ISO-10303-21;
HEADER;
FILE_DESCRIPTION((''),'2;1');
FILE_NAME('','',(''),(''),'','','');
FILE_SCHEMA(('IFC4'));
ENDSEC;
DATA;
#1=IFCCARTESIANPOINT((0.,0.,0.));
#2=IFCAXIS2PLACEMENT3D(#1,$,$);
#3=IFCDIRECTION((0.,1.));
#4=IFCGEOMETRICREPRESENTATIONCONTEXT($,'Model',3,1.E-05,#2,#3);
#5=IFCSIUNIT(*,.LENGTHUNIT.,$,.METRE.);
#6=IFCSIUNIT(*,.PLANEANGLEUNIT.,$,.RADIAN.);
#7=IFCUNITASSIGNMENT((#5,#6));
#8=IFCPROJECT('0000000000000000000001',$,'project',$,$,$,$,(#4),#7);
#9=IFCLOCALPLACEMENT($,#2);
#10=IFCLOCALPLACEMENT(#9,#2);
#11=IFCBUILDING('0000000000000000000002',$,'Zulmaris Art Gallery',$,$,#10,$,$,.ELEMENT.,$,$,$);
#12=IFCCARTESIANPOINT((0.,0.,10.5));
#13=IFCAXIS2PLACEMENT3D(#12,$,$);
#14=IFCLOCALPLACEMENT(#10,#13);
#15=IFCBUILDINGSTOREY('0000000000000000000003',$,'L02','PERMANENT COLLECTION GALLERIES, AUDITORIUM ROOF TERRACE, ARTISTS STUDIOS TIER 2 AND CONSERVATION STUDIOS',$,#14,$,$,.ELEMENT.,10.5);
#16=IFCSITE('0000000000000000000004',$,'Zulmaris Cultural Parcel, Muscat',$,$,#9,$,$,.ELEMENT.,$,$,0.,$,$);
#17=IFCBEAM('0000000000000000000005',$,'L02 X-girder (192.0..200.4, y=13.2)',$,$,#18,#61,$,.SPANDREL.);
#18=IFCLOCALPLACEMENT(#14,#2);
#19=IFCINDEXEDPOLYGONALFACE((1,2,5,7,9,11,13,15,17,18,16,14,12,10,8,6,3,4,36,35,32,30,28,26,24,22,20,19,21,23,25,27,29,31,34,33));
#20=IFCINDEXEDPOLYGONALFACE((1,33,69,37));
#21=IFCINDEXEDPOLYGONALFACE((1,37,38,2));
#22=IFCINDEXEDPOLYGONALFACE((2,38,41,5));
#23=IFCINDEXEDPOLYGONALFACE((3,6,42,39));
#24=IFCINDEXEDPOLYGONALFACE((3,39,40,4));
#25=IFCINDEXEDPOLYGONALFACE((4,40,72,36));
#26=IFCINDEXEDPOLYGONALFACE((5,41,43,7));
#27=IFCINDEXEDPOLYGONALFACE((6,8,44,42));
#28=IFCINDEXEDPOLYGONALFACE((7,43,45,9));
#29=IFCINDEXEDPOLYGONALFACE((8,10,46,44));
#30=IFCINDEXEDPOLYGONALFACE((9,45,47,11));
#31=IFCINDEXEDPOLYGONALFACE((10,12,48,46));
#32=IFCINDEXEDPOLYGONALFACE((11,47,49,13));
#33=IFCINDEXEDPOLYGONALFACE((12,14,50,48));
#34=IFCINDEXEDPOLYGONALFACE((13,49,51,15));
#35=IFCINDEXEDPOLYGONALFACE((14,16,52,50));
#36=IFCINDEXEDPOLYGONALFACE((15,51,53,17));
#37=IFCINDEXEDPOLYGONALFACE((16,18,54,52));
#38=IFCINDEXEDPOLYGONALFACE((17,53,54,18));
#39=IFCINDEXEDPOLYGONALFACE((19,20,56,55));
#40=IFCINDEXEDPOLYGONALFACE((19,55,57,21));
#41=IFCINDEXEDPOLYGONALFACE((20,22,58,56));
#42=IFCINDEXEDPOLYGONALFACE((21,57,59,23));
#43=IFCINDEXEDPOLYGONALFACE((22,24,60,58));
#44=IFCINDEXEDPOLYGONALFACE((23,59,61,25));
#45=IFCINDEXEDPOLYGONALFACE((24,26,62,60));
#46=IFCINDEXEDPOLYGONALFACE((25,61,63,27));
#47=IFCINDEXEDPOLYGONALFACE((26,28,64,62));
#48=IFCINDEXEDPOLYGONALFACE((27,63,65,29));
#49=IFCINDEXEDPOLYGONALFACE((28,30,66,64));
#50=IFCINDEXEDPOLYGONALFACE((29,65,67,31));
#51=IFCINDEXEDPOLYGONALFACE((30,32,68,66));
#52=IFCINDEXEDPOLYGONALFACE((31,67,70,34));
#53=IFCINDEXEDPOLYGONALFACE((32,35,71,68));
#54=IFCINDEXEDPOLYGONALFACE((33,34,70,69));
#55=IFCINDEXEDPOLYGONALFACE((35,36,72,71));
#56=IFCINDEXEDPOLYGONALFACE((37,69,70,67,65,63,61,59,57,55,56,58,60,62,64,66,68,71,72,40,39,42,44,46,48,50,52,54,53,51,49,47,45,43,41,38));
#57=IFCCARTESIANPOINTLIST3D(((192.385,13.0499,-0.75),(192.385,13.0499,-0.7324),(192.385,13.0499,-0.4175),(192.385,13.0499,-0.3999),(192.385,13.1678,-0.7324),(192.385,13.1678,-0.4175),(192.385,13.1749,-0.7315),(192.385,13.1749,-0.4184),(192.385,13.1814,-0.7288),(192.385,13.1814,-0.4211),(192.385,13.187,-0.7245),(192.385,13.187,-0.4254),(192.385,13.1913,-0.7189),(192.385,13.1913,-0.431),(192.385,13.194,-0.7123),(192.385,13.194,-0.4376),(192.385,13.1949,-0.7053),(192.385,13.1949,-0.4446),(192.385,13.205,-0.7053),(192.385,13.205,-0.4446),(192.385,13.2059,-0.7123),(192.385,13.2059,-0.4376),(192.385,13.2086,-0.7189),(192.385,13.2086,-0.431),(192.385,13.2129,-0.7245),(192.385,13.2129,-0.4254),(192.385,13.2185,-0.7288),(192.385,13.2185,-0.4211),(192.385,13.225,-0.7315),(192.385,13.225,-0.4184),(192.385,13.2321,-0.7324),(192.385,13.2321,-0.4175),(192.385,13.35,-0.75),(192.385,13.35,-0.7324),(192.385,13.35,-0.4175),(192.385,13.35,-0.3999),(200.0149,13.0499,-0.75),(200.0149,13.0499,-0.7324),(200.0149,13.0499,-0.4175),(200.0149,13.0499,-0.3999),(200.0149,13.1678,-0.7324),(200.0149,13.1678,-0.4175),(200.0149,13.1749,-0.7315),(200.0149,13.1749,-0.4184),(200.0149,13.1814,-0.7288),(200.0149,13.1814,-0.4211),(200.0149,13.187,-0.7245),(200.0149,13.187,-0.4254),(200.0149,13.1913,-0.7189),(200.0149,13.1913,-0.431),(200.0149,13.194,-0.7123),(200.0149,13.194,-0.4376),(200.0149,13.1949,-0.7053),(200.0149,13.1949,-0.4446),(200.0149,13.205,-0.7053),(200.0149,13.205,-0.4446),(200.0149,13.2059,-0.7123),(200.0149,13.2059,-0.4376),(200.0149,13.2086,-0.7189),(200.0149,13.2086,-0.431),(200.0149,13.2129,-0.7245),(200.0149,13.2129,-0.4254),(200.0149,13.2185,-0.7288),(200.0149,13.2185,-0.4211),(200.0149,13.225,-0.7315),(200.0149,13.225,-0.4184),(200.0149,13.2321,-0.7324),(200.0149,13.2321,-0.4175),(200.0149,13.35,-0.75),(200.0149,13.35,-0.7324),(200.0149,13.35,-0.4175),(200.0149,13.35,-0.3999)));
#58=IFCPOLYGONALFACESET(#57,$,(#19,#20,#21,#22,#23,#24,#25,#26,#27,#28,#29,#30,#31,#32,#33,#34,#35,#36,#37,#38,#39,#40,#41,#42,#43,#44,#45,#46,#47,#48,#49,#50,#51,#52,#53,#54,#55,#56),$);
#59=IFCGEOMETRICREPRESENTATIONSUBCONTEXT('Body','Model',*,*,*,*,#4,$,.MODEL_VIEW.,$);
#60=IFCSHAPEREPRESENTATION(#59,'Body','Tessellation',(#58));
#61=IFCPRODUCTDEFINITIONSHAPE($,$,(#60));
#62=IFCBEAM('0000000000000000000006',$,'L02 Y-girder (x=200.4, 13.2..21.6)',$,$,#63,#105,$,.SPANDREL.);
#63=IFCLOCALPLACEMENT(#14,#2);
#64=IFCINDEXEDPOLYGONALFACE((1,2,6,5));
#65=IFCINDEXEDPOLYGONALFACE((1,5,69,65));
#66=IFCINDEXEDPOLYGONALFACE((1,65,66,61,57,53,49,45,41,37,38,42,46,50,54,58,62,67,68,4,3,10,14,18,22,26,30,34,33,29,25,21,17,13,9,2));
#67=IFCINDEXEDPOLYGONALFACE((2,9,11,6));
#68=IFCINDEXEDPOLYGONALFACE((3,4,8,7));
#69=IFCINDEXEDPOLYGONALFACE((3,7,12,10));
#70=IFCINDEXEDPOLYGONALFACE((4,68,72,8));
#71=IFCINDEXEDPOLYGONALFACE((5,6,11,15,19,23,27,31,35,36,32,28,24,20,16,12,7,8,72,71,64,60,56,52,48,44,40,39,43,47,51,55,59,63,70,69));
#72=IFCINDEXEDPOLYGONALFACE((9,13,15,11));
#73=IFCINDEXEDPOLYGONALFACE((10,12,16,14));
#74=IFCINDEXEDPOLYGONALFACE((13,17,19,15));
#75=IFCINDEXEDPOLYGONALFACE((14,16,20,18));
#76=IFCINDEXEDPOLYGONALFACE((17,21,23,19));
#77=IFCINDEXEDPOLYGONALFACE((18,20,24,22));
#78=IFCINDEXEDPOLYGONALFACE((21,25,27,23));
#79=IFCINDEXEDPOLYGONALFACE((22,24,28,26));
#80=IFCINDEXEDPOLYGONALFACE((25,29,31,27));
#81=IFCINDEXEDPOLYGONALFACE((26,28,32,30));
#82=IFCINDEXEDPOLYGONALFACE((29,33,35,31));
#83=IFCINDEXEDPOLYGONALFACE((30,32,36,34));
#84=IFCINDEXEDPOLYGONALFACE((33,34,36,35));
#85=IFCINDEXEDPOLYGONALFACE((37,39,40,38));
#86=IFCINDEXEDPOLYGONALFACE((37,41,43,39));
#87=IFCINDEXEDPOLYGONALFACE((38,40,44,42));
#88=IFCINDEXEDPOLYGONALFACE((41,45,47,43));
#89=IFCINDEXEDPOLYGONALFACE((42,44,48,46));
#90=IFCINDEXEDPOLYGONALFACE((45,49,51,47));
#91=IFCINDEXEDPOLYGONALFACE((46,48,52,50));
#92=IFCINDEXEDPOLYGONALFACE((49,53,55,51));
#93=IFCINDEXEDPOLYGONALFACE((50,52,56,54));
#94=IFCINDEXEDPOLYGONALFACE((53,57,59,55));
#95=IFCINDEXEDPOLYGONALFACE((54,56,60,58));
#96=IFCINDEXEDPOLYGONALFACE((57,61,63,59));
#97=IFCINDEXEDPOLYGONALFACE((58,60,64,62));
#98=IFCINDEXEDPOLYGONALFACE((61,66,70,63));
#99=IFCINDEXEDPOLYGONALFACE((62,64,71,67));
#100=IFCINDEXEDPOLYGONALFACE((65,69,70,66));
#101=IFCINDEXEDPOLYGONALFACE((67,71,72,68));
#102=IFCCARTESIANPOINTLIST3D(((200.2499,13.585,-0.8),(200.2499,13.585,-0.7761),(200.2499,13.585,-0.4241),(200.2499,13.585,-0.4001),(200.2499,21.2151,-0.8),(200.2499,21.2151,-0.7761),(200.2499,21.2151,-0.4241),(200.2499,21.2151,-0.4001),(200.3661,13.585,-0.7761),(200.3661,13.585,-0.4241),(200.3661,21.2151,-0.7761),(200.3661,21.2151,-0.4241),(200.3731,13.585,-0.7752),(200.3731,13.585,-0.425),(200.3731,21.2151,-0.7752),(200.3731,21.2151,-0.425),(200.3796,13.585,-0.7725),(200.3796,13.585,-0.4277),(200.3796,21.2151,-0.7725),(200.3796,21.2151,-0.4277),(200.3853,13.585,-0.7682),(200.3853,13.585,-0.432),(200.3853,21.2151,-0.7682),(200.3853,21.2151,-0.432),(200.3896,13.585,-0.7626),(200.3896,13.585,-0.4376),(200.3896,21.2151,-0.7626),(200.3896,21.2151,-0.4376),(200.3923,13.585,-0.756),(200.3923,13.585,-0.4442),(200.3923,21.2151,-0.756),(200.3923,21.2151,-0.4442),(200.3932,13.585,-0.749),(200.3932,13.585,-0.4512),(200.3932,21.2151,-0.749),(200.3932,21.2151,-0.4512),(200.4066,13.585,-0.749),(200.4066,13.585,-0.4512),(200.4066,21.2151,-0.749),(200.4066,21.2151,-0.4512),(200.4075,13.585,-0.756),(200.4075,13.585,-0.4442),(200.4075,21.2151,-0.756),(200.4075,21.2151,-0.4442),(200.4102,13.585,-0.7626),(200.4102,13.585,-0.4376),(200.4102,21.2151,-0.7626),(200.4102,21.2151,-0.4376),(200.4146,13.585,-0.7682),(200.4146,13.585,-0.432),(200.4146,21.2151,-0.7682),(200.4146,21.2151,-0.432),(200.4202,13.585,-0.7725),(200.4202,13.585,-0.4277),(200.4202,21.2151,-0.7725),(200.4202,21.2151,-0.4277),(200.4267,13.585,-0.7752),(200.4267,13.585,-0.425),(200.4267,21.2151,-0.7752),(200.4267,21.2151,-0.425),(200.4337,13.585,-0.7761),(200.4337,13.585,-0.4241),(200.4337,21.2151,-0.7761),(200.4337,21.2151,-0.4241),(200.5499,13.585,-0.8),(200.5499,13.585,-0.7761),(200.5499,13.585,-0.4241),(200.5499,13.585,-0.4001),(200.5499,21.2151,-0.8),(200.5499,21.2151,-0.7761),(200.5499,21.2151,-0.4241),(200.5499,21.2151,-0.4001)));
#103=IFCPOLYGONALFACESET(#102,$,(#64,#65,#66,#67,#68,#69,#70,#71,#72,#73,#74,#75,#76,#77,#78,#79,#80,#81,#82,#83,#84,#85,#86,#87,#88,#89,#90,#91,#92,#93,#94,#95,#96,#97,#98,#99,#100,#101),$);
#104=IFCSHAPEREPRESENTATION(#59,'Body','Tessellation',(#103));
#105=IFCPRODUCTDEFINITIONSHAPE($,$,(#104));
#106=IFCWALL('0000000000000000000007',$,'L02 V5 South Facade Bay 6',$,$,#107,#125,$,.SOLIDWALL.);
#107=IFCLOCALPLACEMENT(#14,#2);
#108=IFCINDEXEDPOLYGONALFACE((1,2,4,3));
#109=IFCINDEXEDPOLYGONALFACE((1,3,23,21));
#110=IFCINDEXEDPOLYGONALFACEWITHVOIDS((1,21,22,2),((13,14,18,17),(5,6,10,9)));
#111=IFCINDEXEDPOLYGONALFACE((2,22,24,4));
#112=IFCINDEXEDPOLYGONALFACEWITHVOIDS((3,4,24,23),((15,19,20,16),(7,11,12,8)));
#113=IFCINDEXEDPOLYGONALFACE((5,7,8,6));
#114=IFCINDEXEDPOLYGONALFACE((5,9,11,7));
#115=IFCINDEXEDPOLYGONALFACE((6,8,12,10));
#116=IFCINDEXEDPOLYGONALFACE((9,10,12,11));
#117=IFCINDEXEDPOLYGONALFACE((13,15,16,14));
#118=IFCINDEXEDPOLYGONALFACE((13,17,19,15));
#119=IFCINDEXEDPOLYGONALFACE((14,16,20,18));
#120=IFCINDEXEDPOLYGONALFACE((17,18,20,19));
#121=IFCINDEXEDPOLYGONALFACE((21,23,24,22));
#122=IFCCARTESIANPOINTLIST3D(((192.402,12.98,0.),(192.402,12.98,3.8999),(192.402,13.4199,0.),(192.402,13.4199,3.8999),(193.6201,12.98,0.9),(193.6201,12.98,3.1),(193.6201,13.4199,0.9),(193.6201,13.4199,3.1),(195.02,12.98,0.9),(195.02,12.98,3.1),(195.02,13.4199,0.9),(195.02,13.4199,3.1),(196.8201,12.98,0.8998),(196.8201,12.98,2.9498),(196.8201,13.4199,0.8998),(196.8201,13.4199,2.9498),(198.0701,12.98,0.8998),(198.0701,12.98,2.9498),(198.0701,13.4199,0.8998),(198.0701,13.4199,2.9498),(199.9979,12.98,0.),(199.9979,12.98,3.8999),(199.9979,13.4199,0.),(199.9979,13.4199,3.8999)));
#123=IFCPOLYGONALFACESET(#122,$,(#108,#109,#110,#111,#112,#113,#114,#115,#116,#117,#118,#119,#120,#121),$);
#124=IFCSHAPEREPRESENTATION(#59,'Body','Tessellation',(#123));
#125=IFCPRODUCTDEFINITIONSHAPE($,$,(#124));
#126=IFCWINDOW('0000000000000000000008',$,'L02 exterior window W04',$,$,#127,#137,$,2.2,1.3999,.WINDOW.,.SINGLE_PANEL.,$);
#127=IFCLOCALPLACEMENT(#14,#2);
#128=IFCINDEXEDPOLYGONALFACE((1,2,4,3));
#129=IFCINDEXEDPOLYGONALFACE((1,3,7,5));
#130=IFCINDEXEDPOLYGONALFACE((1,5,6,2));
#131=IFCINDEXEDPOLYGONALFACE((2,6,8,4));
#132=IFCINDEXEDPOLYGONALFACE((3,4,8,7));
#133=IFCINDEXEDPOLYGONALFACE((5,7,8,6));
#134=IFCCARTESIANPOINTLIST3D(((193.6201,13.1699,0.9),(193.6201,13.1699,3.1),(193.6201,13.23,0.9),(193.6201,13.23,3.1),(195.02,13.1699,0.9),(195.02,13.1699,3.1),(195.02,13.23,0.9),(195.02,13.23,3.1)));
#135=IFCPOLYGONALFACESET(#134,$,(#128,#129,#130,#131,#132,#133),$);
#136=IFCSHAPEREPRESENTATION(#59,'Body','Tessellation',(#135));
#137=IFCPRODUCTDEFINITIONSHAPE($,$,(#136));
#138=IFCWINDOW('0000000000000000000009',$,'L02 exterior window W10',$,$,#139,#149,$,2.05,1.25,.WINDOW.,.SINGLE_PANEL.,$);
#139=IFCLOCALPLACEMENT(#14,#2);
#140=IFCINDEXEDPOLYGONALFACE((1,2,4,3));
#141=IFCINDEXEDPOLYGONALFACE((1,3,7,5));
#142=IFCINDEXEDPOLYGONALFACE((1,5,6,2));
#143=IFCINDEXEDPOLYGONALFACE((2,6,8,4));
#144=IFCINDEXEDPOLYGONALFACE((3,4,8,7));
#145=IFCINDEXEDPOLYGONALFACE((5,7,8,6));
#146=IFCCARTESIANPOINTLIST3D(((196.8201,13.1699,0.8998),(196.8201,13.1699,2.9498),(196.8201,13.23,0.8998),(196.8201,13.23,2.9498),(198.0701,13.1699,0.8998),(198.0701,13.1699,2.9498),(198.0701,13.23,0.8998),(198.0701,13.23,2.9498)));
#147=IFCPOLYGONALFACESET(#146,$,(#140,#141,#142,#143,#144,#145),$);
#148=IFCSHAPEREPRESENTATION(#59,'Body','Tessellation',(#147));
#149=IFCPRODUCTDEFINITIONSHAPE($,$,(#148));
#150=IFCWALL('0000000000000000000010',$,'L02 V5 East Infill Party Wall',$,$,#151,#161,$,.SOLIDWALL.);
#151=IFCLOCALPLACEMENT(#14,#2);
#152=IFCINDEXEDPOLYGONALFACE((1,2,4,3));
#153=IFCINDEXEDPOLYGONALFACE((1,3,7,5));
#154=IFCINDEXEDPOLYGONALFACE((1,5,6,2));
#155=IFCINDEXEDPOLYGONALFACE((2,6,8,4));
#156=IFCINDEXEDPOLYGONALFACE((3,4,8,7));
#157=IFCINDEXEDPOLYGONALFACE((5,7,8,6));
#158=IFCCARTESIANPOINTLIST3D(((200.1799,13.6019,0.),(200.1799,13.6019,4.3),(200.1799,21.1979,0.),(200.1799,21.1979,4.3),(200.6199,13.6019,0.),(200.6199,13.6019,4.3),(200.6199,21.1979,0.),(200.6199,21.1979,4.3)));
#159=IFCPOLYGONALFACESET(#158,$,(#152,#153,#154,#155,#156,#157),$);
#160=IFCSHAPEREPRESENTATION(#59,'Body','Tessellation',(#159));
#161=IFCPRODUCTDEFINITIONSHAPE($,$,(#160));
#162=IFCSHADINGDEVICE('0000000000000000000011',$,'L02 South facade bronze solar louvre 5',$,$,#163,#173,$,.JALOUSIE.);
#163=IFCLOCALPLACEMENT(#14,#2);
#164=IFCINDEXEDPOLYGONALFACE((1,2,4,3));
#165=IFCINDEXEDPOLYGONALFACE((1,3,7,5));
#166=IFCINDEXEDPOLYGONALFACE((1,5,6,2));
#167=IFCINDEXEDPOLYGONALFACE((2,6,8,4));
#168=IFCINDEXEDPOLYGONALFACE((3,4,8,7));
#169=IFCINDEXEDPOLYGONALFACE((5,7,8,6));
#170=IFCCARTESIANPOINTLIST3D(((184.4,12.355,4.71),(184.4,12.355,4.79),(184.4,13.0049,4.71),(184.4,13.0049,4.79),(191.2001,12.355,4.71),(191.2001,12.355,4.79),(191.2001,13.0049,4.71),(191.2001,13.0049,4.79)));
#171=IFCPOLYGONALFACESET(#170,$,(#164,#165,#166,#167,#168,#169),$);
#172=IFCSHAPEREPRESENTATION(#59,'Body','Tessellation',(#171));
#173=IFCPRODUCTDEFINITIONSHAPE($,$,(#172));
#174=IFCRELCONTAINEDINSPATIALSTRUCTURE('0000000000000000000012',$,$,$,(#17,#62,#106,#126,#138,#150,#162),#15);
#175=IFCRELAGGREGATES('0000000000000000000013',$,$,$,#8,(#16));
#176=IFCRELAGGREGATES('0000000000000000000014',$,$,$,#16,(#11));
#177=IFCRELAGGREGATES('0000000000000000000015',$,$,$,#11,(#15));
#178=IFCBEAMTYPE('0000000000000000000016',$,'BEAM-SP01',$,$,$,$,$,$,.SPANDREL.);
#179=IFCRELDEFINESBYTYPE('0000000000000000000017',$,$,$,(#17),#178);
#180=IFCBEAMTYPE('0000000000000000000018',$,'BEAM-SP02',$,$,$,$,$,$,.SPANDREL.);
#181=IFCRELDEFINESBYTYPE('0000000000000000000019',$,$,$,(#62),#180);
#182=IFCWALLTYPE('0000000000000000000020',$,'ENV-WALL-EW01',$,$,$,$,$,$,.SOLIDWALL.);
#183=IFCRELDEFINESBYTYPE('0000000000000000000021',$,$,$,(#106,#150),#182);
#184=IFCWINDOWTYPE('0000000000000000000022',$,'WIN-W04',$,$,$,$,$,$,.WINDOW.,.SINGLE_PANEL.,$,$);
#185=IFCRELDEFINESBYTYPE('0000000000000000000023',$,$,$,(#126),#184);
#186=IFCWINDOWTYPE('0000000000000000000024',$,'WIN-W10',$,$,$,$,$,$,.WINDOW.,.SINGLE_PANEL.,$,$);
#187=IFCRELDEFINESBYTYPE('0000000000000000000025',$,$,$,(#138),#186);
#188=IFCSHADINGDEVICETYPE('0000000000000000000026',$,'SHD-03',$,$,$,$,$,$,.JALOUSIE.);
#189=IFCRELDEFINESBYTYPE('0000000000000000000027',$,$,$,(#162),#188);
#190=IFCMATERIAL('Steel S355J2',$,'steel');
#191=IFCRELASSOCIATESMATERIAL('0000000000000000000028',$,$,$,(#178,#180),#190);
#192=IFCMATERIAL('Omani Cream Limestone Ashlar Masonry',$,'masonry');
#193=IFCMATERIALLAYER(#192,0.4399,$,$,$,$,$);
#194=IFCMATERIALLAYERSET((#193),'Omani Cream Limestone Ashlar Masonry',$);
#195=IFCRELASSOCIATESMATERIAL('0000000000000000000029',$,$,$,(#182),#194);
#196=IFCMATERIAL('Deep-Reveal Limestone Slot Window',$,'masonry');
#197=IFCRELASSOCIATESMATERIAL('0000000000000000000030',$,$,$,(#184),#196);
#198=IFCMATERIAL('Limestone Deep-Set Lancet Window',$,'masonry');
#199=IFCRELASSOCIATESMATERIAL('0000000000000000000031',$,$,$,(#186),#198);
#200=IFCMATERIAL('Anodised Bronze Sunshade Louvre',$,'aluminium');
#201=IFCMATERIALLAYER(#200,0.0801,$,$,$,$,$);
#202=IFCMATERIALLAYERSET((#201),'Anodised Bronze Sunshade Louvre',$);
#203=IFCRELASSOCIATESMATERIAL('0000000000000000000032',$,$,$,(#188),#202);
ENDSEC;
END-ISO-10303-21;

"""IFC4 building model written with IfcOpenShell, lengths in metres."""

from ifc_helpers import new_model, si_unit, direction, frame, frame_2d, origin, origin_2d, place, context, subcontext, project, spatial, rectangle, i_section, extrude, material, layer, layer_set, material_profile, profile_set, type_object, element, fill, save


model = new_model("IFC4")

# Units and contexts
model_context = context("Model", 3, precision=1e-05, world=origin(), true_north=direction((0.0, 1.0)))
body_context = subcontext(model_context, "Body", "Model", "MODEL_VIEW")
ifc_project = project(units=[si_unit("LENGTHUNIT", "METRE"), si_unit("PLANEANGLEUNIT", "RADIAN")], contexts=[model_context])

# Site, building, storey
site_placement = place(None, origin())
site = spatial("IfcSite", under=ifc_project, at=site_placement, Name="Zulmaris Cultural Parcel, Muscat", CompositionType="ELEMENT", RefElevation=0.0)
building_placement = place(site_placement, origin())
building = spatial("IfcBuilding", under=site, at=building_placement, Name="Zulmaris Art Gallery", CompositionType="ELEMENT")
storey_placement = place(building_placement, frame((0.0, 0.0, 10.5)))
storey = spatial("IfcBuildingStorey", under=building, at=storey_placement, Name="L02", Description="PERMANENT COLLECTION GALLERIES, AUDITORIUM ROOF TERRACE, ARTISTS STUDIOS TIER 2 AND CONSERVATION STUDIOS", CompositionType="ELEMENT", Elevation=10.5)

# Beams
ifc_material_1 = material(Name="Steel S355J2", Category="steel")
ifc_material_profile_1 = material_profile(ifc_material_1, i_section(OverallWidth=0.3, OverallDepth=0.3501, WebThickness=0.01, FlangeThickness=0.0176, FilletRadius=0.0271, at=origin_2d()), Name="HEA 360")
ifc_profile_set_1 = profile_set([ifc_material_profile_1], Name="Steel S355J2")
beam_type_1 = type_object("IfcBeamType", Name="BEAM-SP01", PredefinedType="SPANDREL", material=ifc_profile_set_1)
beam_1_placement = place(storey_placement, frame((192.385, 13.2, -0.575), z_axis=(1.0, 0.0, 0.0), x_axis=(0.0, 1.0, 0.0)))
element("IfcBeam", 1, at=beam_1_placement, inside=storey, type_object=beam_type_1, Name="L02 X-girder (192.0..200.4, y=13.2)", PredefinedType="SPANDREL", context=body_context, shape_type="SweptSolid", body=[
    extrude(i_section(OverallWidth=0.3, OverallDepth=0.3501, WebThickness=0.01, FlangeThickness=0.0176, FilletRadius=0.0271, at=origin_2d()), origin(), (0.0, 0.0, 1.0), 7.6299),
])
ifc_material_profile_2 = material_profile(ifc_material_1, i_section(OverallWidth=0.3, OverallDepth=0.3999, WebThickness=0.0134, FlangeThickness=0.0239, FilletRadius=0.0271, at=origin_2d()), Name="HEB 400")
ifc_profile_set_2 = profile_set([ifc_material_profile_2], Name="Steel S355J2")
beam_type_2 = type_object("IfcBeamType", Name="BEAM-SP02", PredefinedType="SPANDREL", material=ifc_profile_set_2)
beam_2_placement = place(storey_placement, frame((200.3999, 13.585, -0.6001), z_axis=(0.0, 1.0, 0.0), x_axis=(-1.0, 0.0, 0.0)))
element("IfcBeam", 2, at=beam_2_placement, inside=storey, type_object=beam_type_2, Name="L02 Y-girder (x=200.4, 13.2..21.6)", PredefinedType="SPANDREL", context=body_context, shape_type="SweptSolid", body=[
    extrude(i_section(OverallWidth=0.3, OverallDepth=0.3999, WebThickness=0.0134, FlangeThickness=0.0239, FilletRadius=0.0271, at=origin_2d()), origin(), (0.0, 0.0, 1.0), 7.6301),
])

# Wall, openings, windows
ifc_material_2 = material(Name="Omani Cream Limestone Ashlar Masonry", Category="masonry")
ifc_layer_1 = layer(ifc_material_2, 0.4399)
ifc_layer_set_1 = layer_set([ifc_layer_1], Name="Omani Cream Limestone Ashlar Masonry")
wall_type = type_object("IfcWallType", Name="ENV-WALL-EW01", PredefinedType="SOLIDWALL", material=ifc_layer_set_1)
wall_1_placement = place(storey_placement, frame((192.4021, 13.2, 0.0), z_axis=(0.0, 0.0, 1.0), x_axis=(1.0, 0.0, 0.0)))
wall_1 = element("IfcWall", 3, at=wall_1_placement, inside=storey, type_object=wall_type, Name="L02 V5 South Facade Bay 6", PredefinedType="SOLIDWALL", context=body_context, shape_type="SweptSolid", body=[
    extrude(rectangle(XDim=7.5959, YDim=0.4399, at=frame_2d((3.7979, 0.0))), origin(), (0.0, 0.0, 1.0), 3.8999),
])
opening_1_placement = place(wall_1_placement, frame((1.218, 0.0, 0.8999)))
opening_1 = element("IfcOpeningElement", 4, at=opening_1_placement, cuts=wall_1, PredefinedType="OPENING", context=body_context, shape_type="SweptSolid", body=[
    extrude(rectangle(XDim=1.3999, YDim=2.2, at=frame_2d((0.7, 1.1001))), frame((0.0, 0.23, 0.0), z_axis=(0.0, -1.0, 0.0), x_axis=(1.0, 0.0, 0.0)), (0.0, 0.0, 1.0), 0.46),
])
opening_2_placement = place(wall_1_placement, frame((4.418, 0.0, 0.8999)))
opening_2 = element("IfcOpeningElement", 5, at=opening_2_placement, cuts=wall_1, PredefinedType="OPENING", context=body_context, shape_type="SweptSolid", body=[
    extrude(rectangle(XDim=1.25, YDim=2.05, at=frame_2d((0.625, 1.0249))), frame((0.0, 0.23, 0.0), z_axis=(0.0, -1.0, 0.0), x_axis=(1.0, 0.0, 0.0)), (0.0, 0.0, 1.0), 0.46),
])
ifc_material_3 = material(Name="Deep-Reveal Limestone Slot Window", Category="masonry")
window_type_1 = type_object("IfcWindowType", Name="WIN-W04", PartitioningType="SINGLE_PANEL", PredefinedType="WINDOW", material=ifc_material_3)
window_1_placement = place(opening_1_placement, origin())
window_1 = element("IfcWindow", 6, at=window_1_placement, inside=storey, type_object=window_type_1, Name="L02 exterior window W04", OverallHeight=2.2, OverallWidth=1.3999, PartitioningType="SINGLE_PANEL", PredefinedType="WINDOW", context=body_context, shape_type="SweptSolid", body=[
    extrude(rectangle(XDim=1.3999, YDim=2.2, at=frame_2d((0.7, 1.1001))), frame((0.0, 0.03, 0.0), z_axis=(0.0, -1.0, 0.0), x_axis=(1.0, 0.0, 0.0)), (0.0, 0.0, 1.0), 0.0601),
])
fill(opening_1, window_1)
ifc_material_4 = material(Name="Limestone Deep-Set Lancet Window", Category="masonry")
window_type_2 = type_object("IfcWindowType", Name="WIN-W10", PartitioningType="SINGLE_PANEL", PredefinedType="WINDOW", material=ifc_material_4)
window_2_placement = place(opening_2_placement, origin())
window_2 = element("IfcWindow", 7, at=window_2_placement, inside=storey, type_object=window_type_2, Name="L02 exterior window W10", OverallHeight=2.05, OverallWidth=1.25, PartitioningType="SINGLE_PANEL", PredefinedType="WINDOW", context=body_context, shape_type="SweptSolid", body=[
    extrude(rectangle(XDim=1.25, YDim=2.05, at=frame_2d((0.625, 1.0249))), frame((0.0, 0.03, 0.0), z_axis=(0.0, -1.0, 0.0), x_axis=(1.0, 0.0, 0.0)), (0.0, 0.0, 1.0), 0.0601),
])
fill(opening_2, window_2)

# Wall
wall_2_placement = place(storey_placement, frame((200.3999, 13.6021, 0.0), z_axis=(0.0, 0.0, 1.0), x_axis=(0.0, 1.0, 0.0)))
element("IfcWall", 8, at=wall_2_placement, inside=storey, type_object=wall_type, Name="L02 V5 East Infill Party Wall", PredefinedType="SOLIDWALL", context=body_context, shape_type="SweptSolid", body=[
    extrude(rectangle(XDim=7.5959, YDim=0.4399, at=frame_2d((3.7979, 0.0))), origin(), (0.0, 0.0, 1.0), 4.3),
])

# Shading device
ifc_material_5 = material(Name="Anodised Bronze Sunshade Louvre", Category="aluminium")
ifc_layer_2 = layer(ifc_material_5, 0.0801)
ifc_layer_set_2 = layer_set([ifc_layer_2], Name="Anodised Bronze Sunshade Louvre")
shading_device_type = type_object("IfcShadingDeviceType", Name="SHD-03", PredefinedType="JALOUSIE", material=ifc_layer_set_2)
for number, where, z_axis, x_axis, name in (
    (9, (187.8, 12.6799, 4.71), (0.0, 0.0, 1.0), (1.0, 0.0, 0.0), "L02 South facade bronze solar louvre 5"),
):
    element("IfcShadingDevice", number, at=place(storey_placement, frame(where, z_axis=z_axis, x_axis=x_axis)), inside=storey, type_object=shading_device_type, Name=name, PredefinedType="JALOUSIE", context=body_context, shape_type="SweptSolid", body=[
        extrude(rectangle(XDim=6.8, YDim=0.6499, at=origin_2d()), origin(), (0.0, 0.0, 1.0), 0.0801),
    ])

save(model, "model.ifc")
